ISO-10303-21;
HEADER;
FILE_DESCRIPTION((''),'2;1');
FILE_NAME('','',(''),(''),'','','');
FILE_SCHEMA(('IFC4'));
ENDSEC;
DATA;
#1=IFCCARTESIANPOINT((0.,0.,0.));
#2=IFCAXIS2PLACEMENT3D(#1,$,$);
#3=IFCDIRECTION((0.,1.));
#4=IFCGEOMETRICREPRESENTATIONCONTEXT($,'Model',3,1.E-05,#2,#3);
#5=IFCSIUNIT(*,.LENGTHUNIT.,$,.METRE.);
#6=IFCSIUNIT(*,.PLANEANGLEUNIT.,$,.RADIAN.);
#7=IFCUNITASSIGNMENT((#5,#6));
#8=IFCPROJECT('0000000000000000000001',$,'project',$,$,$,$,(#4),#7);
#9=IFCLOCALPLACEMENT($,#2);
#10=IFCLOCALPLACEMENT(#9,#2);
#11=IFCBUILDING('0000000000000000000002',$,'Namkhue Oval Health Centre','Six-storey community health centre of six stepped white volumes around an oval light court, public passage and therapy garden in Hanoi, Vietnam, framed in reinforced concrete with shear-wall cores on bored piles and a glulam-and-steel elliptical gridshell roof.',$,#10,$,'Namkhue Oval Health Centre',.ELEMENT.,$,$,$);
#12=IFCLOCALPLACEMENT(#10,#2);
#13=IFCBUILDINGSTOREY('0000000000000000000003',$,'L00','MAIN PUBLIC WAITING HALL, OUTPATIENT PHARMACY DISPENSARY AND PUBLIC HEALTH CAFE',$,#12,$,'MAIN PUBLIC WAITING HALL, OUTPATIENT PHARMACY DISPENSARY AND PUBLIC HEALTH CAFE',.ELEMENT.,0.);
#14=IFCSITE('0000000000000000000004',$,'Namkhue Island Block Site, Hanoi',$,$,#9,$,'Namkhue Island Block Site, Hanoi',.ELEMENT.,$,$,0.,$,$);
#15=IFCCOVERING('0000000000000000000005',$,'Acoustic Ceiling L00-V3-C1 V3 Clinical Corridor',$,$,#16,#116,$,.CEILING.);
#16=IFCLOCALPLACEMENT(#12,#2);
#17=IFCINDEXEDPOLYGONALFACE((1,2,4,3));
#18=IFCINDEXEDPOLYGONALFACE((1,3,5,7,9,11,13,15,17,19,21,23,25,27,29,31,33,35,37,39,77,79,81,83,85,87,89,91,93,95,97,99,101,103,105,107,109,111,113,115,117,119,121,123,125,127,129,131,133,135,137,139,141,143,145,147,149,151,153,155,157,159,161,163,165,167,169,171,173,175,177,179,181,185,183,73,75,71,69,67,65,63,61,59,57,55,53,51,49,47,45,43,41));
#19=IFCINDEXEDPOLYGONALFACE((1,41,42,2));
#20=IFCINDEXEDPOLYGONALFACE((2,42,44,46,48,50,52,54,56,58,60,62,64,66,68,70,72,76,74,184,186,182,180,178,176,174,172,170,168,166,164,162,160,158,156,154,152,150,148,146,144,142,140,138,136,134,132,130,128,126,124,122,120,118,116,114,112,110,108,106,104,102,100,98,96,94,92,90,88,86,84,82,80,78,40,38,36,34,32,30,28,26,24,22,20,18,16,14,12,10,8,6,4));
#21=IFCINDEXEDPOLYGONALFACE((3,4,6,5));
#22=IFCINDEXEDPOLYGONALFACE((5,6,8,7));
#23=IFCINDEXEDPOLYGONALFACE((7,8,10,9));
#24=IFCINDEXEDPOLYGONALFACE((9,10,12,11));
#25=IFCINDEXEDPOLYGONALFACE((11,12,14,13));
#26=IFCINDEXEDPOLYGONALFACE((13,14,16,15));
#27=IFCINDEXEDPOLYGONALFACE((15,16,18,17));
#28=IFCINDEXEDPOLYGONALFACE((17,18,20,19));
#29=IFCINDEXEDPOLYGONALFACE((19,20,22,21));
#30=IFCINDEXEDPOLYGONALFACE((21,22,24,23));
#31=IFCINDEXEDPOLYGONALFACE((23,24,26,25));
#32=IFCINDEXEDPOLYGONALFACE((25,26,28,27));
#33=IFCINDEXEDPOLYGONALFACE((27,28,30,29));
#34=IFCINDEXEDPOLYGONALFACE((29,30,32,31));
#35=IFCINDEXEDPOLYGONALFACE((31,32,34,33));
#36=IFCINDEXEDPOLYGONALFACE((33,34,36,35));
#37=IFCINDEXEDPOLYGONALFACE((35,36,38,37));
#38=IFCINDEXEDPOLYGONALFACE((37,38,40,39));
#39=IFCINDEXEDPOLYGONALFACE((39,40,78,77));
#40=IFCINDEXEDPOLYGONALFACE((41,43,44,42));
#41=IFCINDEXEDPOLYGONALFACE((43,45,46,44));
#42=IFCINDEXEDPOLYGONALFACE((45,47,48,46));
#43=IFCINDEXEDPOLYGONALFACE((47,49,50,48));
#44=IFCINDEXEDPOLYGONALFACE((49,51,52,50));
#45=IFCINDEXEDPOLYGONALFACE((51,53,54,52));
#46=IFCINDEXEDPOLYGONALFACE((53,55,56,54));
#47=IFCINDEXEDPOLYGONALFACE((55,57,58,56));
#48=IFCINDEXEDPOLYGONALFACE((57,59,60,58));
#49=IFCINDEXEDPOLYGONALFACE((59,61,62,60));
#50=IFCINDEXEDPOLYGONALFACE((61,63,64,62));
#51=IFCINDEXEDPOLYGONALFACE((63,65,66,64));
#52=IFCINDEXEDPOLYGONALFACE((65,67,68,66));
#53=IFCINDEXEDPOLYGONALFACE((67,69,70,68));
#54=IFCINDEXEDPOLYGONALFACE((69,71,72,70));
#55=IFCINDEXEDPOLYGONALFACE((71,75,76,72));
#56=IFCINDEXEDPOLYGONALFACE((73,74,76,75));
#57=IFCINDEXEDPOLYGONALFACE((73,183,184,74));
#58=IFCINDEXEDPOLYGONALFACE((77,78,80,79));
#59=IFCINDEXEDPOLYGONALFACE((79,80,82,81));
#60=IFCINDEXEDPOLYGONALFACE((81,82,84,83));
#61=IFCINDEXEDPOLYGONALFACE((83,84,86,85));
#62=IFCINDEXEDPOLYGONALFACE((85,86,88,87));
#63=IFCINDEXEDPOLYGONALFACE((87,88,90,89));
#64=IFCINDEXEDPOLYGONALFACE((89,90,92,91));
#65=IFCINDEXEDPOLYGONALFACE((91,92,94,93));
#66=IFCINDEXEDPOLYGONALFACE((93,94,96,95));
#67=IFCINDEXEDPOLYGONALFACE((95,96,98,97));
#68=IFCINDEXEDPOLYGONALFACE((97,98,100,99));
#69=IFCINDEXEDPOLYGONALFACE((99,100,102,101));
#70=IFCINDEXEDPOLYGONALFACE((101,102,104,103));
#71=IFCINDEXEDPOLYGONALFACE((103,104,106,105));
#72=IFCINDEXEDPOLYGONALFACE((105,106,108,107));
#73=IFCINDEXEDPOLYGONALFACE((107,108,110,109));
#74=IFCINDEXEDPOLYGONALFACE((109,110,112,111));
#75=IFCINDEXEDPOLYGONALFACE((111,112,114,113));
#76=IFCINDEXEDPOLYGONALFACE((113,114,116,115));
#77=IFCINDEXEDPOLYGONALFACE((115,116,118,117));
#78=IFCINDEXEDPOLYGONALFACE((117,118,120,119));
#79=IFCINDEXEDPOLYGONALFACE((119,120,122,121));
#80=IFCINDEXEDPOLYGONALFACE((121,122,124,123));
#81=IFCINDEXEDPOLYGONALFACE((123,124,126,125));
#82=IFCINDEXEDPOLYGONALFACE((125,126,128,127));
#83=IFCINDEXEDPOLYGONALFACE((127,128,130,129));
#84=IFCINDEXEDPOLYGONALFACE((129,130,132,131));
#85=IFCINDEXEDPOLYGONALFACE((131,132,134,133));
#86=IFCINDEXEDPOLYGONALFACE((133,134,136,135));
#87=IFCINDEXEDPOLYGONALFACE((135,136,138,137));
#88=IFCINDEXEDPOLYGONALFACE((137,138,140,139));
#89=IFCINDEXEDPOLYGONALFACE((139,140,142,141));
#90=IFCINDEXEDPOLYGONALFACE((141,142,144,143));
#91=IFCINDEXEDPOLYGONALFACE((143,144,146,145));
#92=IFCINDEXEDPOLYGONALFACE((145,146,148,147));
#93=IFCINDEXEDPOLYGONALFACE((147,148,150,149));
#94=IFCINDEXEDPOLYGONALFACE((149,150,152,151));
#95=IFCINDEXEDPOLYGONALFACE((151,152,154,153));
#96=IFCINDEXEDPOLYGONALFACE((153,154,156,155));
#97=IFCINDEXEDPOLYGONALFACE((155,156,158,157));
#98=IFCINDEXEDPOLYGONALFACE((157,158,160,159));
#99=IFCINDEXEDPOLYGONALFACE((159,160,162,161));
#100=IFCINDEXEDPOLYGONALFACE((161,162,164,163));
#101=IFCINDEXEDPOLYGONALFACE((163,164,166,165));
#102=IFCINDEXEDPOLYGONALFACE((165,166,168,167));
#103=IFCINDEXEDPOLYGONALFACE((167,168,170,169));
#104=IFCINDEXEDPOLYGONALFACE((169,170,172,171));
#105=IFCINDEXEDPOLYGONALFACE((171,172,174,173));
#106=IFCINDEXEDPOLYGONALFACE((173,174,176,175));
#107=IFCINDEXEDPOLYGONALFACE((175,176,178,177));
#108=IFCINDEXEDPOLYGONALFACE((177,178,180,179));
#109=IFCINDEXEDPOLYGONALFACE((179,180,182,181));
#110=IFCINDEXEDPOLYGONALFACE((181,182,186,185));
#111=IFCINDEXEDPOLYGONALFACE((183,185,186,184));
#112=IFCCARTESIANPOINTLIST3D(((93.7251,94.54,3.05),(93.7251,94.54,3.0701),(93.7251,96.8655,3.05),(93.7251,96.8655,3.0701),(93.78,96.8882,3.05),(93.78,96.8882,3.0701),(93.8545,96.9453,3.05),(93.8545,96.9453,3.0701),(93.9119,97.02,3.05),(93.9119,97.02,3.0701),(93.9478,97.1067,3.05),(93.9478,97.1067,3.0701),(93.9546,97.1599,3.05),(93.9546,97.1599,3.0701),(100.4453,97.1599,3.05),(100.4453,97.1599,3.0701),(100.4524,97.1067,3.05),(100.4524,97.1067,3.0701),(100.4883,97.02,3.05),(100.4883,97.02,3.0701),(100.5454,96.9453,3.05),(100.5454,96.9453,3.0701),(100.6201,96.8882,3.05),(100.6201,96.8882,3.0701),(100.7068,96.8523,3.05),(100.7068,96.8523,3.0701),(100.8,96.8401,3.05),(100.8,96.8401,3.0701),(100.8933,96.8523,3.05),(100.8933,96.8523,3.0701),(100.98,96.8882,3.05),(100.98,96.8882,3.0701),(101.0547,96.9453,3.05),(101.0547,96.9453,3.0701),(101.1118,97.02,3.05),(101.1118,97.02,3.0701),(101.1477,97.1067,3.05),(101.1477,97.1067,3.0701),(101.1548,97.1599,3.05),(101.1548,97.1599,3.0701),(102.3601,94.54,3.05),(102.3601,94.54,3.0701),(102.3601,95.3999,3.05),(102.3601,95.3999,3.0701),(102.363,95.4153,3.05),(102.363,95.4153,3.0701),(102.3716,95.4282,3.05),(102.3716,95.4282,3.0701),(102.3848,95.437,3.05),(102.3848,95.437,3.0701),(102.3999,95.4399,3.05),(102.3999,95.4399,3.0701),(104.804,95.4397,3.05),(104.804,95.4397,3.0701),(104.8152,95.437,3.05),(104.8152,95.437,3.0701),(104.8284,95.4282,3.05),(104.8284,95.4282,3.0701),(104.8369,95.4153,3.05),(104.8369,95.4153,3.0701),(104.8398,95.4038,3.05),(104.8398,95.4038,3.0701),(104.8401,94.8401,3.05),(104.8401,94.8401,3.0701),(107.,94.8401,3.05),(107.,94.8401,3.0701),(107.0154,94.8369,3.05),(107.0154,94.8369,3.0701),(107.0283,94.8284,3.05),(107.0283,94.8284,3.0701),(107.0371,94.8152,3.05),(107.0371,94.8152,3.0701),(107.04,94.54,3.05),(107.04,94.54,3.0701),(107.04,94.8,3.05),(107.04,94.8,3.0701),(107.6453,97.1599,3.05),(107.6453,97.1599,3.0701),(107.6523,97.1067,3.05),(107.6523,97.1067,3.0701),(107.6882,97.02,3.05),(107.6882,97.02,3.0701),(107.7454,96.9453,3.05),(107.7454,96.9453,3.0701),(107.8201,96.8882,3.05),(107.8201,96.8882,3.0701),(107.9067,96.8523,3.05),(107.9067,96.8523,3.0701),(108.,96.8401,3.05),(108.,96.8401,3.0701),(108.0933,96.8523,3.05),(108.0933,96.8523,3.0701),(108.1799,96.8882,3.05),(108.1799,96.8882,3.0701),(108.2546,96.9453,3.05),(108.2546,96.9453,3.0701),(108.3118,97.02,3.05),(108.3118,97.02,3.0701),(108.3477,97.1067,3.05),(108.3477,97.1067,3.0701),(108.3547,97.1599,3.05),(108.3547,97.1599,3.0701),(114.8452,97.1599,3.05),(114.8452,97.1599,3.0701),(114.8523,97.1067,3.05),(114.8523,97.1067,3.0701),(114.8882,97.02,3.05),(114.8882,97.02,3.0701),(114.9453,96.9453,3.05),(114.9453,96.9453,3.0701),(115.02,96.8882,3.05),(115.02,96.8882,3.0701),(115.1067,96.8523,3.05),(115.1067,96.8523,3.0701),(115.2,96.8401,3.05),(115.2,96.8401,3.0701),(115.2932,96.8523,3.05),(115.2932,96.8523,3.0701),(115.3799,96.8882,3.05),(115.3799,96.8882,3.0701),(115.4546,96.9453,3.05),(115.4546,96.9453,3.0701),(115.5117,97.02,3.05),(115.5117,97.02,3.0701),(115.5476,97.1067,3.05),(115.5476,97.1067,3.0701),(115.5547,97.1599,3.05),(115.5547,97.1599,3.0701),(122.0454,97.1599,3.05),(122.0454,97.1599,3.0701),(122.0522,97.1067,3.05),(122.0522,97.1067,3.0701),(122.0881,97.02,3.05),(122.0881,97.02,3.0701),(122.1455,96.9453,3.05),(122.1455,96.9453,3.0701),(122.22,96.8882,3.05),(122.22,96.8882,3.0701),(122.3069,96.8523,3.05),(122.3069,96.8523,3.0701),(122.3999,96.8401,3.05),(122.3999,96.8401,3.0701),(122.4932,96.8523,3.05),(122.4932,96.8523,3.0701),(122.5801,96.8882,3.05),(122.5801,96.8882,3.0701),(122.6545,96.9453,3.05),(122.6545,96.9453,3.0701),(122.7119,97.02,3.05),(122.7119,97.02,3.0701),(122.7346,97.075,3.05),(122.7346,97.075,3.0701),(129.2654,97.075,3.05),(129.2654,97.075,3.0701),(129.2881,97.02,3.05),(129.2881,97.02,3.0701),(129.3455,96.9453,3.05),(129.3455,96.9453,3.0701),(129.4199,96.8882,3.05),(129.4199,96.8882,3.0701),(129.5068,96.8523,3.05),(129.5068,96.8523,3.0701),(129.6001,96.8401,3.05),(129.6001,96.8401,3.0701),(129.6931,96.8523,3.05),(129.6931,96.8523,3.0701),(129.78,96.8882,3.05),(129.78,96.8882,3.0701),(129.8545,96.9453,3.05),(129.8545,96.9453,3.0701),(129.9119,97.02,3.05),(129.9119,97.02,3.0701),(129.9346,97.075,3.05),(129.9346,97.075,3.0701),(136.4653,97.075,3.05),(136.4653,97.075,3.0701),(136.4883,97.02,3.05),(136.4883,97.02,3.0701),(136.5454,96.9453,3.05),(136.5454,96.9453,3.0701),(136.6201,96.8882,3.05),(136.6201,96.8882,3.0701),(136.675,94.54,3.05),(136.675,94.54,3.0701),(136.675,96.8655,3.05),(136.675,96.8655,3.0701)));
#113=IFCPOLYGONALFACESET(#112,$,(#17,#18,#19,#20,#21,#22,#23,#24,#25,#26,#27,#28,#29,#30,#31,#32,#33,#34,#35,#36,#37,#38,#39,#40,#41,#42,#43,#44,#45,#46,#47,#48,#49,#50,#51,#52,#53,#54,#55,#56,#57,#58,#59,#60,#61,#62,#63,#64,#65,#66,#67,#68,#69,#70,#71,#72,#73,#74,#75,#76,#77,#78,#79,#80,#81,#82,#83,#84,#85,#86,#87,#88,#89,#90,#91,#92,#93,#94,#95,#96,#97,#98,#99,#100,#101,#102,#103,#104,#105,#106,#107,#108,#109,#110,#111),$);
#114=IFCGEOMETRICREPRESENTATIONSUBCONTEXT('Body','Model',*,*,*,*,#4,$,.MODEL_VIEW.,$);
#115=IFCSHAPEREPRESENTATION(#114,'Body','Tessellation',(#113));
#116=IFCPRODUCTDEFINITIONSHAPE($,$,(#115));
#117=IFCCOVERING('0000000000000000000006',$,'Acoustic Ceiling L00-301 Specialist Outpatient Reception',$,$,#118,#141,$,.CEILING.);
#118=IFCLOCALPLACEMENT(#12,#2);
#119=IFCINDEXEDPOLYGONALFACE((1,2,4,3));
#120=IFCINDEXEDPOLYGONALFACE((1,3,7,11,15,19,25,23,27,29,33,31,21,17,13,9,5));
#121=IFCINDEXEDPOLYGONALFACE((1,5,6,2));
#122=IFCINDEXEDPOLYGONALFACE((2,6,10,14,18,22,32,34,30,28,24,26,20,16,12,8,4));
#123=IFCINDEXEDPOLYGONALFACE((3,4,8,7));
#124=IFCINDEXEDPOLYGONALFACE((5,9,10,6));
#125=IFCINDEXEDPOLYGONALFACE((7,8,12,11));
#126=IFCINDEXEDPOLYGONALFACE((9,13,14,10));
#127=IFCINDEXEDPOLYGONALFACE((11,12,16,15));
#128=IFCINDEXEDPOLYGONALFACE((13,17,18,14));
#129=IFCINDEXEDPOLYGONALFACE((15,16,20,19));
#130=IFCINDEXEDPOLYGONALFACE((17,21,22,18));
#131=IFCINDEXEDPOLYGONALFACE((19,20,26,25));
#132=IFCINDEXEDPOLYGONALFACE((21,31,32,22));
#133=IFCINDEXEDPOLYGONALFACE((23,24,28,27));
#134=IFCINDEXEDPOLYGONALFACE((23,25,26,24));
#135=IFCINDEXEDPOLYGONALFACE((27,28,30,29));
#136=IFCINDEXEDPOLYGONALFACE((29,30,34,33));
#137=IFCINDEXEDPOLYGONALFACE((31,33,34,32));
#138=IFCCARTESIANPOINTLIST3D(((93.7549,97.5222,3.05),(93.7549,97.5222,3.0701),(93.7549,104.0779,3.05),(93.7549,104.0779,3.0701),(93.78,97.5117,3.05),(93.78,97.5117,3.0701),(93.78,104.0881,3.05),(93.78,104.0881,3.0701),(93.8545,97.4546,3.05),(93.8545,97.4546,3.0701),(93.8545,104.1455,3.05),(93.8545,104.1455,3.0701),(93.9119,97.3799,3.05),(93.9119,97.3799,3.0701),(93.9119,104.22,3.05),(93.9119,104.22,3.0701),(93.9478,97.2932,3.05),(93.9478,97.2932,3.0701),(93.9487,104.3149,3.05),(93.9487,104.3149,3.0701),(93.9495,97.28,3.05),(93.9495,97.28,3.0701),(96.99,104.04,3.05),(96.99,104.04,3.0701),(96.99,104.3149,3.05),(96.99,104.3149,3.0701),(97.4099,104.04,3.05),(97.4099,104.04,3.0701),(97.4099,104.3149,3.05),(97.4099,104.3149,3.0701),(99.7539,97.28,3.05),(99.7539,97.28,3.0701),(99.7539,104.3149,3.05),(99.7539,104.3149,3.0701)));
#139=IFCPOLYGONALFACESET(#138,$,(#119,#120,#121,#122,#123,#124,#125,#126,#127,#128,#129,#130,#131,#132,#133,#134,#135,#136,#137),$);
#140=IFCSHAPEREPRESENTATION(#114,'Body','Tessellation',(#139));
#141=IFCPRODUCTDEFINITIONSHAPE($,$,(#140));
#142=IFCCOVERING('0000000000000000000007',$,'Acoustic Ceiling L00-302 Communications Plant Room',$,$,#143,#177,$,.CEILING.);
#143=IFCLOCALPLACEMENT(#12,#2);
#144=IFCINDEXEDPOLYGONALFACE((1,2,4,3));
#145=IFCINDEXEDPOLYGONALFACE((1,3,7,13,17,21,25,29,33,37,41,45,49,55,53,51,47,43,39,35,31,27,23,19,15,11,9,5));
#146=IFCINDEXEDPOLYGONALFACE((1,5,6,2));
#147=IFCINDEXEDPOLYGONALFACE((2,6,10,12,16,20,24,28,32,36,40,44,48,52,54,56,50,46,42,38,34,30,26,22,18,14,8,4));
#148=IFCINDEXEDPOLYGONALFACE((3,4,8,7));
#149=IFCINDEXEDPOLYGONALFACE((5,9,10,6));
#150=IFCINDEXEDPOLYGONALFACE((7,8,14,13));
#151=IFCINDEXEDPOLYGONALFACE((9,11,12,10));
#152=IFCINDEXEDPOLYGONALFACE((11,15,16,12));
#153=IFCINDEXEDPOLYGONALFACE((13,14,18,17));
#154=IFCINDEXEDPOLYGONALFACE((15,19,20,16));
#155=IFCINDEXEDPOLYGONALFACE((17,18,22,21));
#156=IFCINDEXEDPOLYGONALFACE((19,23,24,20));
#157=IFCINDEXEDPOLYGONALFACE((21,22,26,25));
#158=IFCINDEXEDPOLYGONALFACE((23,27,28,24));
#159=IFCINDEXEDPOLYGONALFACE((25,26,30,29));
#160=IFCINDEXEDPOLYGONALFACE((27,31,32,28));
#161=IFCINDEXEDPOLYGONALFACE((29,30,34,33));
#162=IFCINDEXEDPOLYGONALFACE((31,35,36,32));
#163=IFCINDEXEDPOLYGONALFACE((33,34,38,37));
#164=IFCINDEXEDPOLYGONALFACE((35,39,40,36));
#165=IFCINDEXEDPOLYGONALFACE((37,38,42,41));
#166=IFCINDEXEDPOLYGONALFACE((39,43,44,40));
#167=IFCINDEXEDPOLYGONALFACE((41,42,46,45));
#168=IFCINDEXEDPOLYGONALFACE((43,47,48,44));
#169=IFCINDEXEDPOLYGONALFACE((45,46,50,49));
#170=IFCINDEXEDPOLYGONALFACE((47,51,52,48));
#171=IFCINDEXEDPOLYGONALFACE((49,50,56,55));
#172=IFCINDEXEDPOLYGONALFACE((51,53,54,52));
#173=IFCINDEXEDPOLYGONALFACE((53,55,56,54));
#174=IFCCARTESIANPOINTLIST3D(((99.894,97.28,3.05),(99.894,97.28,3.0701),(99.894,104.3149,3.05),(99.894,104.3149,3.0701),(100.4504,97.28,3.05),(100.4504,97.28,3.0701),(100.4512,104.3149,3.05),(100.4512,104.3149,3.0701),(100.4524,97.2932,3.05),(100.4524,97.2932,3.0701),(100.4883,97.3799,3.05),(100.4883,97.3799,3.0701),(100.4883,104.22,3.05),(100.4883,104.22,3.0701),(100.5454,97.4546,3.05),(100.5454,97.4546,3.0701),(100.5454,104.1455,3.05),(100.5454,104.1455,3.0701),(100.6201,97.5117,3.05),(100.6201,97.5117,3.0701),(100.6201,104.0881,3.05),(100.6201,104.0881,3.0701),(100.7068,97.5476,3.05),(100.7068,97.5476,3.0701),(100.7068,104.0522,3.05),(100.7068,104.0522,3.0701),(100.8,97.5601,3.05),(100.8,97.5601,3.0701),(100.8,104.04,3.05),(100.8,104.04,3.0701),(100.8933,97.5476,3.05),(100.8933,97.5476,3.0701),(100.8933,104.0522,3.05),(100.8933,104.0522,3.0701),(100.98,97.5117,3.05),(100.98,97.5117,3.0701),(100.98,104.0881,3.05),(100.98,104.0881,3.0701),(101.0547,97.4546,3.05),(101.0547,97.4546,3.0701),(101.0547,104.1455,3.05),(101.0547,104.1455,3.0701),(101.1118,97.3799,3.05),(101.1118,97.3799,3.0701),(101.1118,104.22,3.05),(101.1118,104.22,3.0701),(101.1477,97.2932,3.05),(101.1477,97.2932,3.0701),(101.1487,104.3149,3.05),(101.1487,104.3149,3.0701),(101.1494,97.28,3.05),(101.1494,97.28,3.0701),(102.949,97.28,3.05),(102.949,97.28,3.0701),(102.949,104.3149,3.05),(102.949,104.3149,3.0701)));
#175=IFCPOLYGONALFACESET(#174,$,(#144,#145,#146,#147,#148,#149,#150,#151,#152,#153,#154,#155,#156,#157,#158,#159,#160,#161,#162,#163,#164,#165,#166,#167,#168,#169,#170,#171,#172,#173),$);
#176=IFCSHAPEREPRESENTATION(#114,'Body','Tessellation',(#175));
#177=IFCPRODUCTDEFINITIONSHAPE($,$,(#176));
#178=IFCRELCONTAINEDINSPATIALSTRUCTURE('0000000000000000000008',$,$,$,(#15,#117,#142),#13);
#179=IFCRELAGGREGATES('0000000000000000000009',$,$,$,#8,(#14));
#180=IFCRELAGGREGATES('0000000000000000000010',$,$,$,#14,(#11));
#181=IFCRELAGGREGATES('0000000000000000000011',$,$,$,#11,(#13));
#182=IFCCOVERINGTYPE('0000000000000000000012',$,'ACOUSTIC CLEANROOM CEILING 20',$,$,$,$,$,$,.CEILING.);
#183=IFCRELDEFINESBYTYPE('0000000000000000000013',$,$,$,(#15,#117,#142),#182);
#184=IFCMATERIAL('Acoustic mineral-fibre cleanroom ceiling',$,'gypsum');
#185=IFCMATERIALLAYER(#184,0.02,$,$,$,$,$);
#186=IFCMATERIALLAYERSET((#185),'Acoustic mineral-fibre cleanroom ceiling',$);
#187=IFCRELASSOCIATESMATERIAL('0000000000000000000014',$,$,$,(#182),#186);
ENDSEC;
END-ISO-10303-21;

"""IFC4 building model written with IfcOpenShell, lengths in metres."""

from ifc_helpers import new_model, si_unit, direction, frame, origin, place, context, subcontext, project, spatial, polyline, outline, extrude, material, layer, layer_set, type_object, element, save


model = new_model("IFC4")

# Units and contexts
model_context = context("Model", 3, precision=1e-05, world=origin(), true_north=direction((0.0, 1.0)))
body_context = subcontext(model_context, "Body", "Model", "MODEL_VIEW")
ifc_project = project(units=[si_unit("LENGTHUNIT", "METRE"), si_unit("PLANEANGLEUNIT", "RADIAN")], contexts=[model_context])

# Site, building, storey
site_placement = place(None, origin())
site = spatial("IfcSite", under=ifc_project, at=site_placement, Name="Namkhue Island Block Site, Hanoi", LongName="Namkhue Island Block Site, Hanoi", CompositionType="ELEMENT", RefElevation=0.0)
building_placement = place(site_placement, origin())
building = spatial("IfcBuilding", under=site, at=building_placement, Name="Namkhue Oval Health Centre", Description="Six-storey community health centre of six stepped white volumes around an oval light court, public passage and therapy garden in Hanoi, Vietnam, framed in reinforced concrete with shear-wall cores on bored piles and a glulam-and-steel elliptical gridshell roof.", LongName="Namkhue Oval Health Centre", CompositionType="ELEMENT")
storey_placement = place(building_placement, origin())
storey = spatial("IfcBuildingStorey", under=building, at=storey_placement, Name="L00", Description="MAIN PUBLIC WAITING HALL, OUTPATIENT PHARMACY DISPENSARY AND PUBLIC HEALTH CAFE", LongName="MAIN PUBLIC WAITING HALL, OUTPATIENT PHARMACY DISPENSARY AND PUBLIC HEALTH CAFE", CompositionType="ELEMENT", Elevation=0.0)

# Coverings
ifc_material = material(Name="Acoustic mineral-fibre cleanroom ceiling", Category="gypsum")
ifc_layer = layer(ifc_material, 0.02)
ifc_layer_set = layer_set([ifc_layer], Name="Acoustic mineral-fibre cleanroom ceiling")
covering_type = type_object("IfcCoveringType", Name="ACOUSTIC CLEANROOM CEILING 20", PredefinedType="CEILING", material=ifc_layer_set)
covering_1_placement = place(storey_placement, frame((0.0, 0.0, 3.05)))
element("IfcCovering", 1, at=covering_1_placement, inside=storey, type_object=covering_type, Name="Acoustic Ceiling L00-V3-C1 V3 Clinical Corridor", PredefinedType="CEILING", context=body_context, shape_type="SweptSolid", body=[
    extrude(outline(polyline([(107.04, 94.8), (107.0371, 94.8152), (107.0283, 94.8284), (107.0154, 94.8369), (107.0, 94.8401), (104.8401, 94.8401), (104.8398, 95.4038), (104.8369, 95.4153), (104.8284, 95.4282), (104.8152, 95.437), (104.804, 95.4397), (102.3999, 95.4399), (102.3848, 95.437), (102.3716, 95.4282), (102.363, 95.4153), (102.3601, 95.3999), (102.3601, 94.54), (93.7251, 94.54), (93.7251, 96.8655), (93.78, 96.8882), (93.8545, 96.9453), (93.9119, 97.02), (93.9478, 97.1067), (93.9546, 97.1599), (100.4453, 97.1599), (100.4524, 97.1067), (100.4883, 97.02), (100.5454, 96.9453), (100.6201, 96.8882), (100.7068, 96.8523), (100.8, 96.8401), (100.8933, 96.8523), (100.98, 96.8882), (101.0547, 96.9453), (101.1118, 97.02), (101.1477, 97.1067), (101.1548, 97.1599), (107.6453, 97.1599), (107.6523, 97.1067), (107.6882, 97.02), (107.7454, 96.9453), (107.8201, 96.8882), (107.9067, 96.8523), (108.0, 96.8401), (108.0933, 96.8523), (108.1799, 96.8882), (108.2546, 96.9453), (108.3118, 97.02), (108.3477, 97.1067), (108.3547, 97.1599), (114.8452, 97.1599), (114.8523, 97.1067), (114.8882, 97.02), (114.9453, 96.9453), (115.02, 96.8882), (115.1067, 96.8523), (115.2, 96.8401), (115.2932, 96.8523), (115.3799, 96.8882), (115.4546, 96.9453), (115.5117, 97.02), (115.5476, 97.1067), (115.5547, 97.1599), (122.0454, 97.1599), (122.0522, 97.1067), (122.0881, 97.02), (122.1455, 96.9453), (122.22, 96.8882), (122.3069, 96.8523), (122.3999, 96.8401), (122.4932, 96.8523), (122.5801, 96.8882), (122.6545, 96.9453), (122.7119, 97.02), (122.7346, 97.075), (129.2654, 97.075), (129.2881, 97.02), (129.3455, 96.9453), (129.4199, 96.8882), (129.5068, 96.8523), (129.6001, 96.8401), (129.6931, 96.8523), (129.78, 96.8882), (129.8545, 96.9453), (129.9119, 97.02), (129.9346, 97.075), (136.4653, 97.075), (136.4883, 97.02), (136.5454, 96.9453), (136.6201, 96.8882), (136.675, 96.8655), (136.675, 94.54), (107.04, 94.54), (107.04, 94.8)])), origin(), (0.0, 0.0, 1.0), 0.02),
])
covering_2_placement = place(storey_placement, frame((0.0, 0.0, 3.05)))
element("IfcCovering", 2, at=covering_2_placement, inside=storey, type_object=covering_type, Name="Acoustic Ceiling L00-301 Specialist Outpatient Reception", PredefinedType="CEILING", context=body_context, shape_type="SweptSolid", body=[
    extrude(outline(polyline([(93.9495, 97.28), (93.9478, 97.2932), (93.9119, 97.3799), (93.8545, 97.4546), (93.78, 97.5117), (93.7549, 97.5222), (93.7549, 104.0779), (93.78, 104.0881), (93.8545, 104.1455), (93.9119, 104.22), (93.9487, 104.3149), (96.99, 104.3149), (96.99, 104.04), (97.4099, 104.04), (97.4099, 104.3149), (99.7539, 104.3149), (99.7539, 97.28), (93.9495, 97.28)])), origin(), (0.0, 0.0, 1.0), 0.02),
])
covering_3_placement = place(storey_placement, frame((0.0, 0.0, 3.05)))
element("IfcCovering", 3, at=covering_3_placement, inside=storey, type_object=covering_type, Name="Acoustic Ceiling L00-302 Communications Plant Room", PredefinedType="CEILING", context=body_context, shape_type="SweptSolid", body=[
    extrude(outline(polyline([(101.1494, 97.28), (101.1477, 97.2932), (101.1118, 97.3799), (101.0547, 97.4546), (100.98, 97.5117), (100.8933, 97.5476), (100.8, 97.5601), (100.7068, 97.5476), (100.6201, 97.5117), (100.5454, 97.4546), (100.4883, 97.3799), (100.4524, 97.2932), (100.4504, 97.28), (99.894, 97.28), (99.894, 104.3149), (100.4512, 104.3149), (100.4883, 104.22), (100.5454, 104.1455), (100.6201, 104.0881), (100.7068, 104.0522), (100.8, 104.04), (100.8933, 104.0522), (100.98, 104.0881), (101.0547, 104.1455), (101.1118, 104.22), (101.1487, 104.3149), (102.949, 104.3149), (102.949, 97.28), (101.1494, 97.28)])), origin(), (0.0, 0.0, 1.0), 0.02),
])

save(model, "model.ifc")
